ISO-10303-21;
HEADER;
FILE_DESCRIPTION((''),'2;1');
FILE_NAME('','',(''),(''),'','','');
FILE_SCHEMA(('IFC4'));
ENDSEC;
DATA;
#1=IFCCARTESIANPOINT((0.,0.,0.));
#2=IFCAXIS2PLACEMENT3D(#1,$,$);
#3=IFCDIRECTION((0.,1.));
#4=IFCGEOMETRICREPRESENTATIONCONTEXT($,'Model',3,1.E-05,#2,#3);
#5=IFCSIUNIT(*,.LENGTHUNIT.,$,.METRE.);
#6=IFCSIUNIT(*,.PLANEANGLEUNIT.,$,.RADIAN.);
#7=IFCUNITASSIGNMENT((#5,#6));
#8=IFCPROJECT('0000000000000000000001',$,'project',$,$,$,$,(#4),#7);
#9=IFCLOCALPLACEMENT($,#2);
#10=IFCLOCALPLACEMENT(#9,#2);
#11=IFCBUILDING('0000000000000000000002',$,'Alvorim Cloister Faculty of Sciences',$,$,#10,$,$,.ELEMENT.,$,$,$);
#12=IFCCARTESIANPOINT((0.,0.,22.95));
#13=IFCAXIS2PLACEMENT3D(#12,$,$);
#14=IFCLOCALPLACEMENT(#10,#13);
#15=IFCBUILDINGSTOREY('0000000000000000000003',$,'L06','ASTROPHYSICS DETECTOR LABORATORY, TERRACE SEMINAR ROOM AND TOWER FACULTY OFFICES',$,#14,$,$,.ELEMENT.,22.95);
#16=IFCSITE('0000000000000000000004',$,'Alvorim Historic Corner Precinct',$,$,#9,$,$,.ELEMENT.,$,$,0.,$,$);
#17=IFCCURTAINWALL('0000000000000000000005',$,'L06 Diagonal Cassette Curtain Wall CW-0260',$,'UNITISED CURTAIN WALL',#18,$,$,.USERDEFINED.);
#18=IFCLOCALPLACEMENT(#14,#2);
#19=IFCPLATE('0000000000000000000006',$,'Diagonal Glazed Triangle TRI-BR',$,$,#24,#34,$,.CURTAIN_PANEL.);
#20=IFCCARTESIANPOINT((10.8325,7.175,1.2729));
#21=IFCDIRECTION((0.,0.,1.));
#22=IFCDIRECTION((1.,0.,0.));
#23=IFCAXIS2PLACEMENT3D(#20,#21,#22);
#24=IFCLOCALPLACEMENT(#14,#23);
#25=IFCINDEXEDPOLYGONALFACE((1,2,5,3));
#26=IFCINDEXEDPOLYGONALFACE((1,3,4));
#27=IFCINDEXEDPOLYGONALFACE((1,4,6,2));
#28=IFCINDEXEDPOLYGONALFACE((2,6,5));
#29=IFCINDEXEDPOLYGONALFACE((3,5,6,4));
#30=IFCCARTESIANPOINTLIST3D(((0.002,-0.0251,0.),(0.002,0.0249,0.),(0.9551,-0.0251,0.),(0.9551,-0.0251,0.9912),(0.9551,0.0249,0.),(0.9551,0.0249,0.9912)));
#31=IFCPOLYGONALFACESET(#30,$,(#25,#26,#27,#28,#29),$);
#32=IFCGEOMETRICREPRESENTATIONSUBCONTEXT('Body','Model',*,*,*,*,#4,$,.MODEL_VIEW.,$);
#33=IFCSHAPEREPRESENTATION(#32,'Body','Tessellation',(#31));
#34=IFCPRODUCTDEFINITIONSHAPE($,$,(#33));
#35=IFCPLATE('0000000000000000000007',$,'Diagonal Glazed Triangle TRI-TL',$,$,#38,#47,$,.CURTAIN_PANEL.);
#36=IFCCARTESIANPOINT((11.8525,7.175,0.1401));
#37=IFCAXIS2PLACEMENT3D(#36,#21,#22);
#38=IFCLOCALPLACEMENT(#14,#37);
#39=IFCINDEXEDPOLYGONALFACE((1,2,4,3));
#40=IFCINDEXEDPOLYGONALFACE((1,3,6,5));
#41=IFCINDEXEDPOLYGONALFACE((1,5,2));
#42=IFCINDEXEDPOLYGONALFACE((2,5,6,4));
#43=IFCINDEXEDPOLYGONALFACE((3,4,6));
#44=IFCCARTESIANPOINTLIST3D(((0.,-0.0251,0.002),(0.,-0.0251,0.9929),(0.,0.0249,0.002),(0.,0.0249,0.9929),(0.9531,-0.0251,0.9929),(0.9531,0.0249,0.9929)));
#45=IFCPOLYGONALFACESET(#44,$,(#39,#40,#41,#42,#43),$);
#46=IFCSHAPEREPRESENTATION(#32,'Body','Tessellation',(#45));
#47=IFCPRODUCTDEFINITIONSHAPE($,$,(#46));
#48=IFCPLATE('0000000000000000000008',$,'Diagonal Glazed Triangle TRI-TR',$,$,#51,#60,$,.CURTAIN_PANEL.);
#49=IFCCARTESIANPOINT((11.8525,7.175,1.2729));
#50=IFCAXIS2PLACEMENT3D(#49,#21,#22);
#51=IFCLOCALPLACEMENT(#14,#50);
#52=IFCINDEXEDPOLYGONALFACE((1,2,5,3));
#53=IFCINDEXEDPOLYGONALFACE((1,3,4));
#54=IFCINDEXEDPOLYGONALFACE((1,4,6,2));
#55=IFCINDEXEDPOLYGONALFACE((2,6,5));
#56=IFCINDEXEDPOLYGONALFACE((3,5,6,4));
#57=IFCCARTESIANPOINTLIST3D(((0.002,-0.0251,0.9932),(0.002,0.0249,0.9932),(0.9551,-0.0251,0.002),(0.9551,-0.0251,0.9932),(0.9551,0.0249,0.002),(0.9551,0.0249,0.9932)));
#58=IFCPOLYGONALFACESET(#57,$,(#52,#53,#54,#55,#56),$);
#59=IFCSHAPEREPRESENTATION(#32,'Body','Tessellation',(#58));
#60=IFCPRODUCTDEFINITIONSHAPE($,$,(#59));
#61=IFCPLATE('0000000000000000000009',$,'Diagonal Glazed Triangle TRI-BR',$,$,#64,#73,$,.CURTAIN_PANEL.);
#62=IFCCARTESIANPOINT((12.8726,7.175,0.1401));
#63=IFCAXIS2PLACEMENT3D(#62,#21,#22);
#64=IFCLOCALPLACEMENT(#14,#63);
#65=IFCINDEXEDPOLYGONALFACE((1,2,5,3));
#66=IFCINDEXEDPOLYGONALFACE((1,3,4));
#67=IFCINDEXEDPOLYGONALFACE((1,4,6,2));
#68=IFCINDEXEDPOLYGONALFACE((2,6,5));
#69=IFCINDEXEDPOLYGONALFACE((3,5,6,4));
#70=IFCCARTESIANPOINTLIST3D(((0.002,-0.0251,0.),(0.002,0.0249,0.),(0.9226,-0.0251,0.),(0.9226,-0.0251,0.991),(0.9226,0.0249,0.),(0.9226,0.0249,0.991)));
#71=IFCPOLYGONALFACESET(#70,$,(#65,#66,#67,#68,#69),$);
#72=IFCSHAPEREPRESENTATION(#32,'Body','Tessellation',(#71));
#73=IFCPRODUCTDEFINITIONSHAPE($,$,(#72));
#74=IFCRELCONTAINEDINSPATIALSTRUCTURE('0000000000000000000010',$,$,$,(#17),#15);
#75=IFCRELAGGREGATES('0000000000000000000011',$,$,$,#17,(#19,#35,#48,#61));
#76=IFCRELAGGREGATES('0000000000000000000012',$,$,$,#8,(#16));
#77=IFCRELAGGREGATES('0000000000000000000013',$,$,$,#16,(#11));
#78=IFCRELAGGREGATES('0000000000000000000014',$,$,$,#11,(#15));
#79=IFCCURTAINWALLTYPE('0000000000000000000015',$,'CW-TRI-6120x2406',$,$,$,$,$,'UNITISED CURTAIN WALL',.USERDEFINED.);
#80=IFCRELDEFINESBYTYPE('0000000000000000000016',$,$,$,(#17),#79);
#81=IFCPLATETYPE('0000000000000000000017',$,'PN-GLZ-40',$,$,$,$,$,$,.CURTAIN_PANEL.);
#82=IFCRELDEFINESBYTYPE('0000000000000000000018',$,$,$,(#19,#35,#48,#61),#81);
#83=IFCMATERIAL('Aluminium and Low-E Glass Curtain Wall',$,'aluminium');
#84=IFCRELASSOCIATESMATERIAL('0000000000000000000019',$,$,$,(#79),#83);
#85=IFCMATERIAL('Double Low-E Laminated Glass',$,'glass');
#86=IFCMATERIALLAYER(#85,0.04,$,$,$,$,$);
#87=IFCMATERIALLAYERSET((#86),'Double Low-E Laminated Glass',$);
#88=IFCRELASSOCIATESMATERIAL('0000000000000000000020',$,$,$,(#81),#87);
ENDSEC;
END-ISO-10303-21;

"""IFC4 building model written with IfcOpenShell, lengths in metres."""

from ifc_helpers import new_model, si_unit, direction, frame, origin, place, context, subcontext, project, spatial, polyline, outline, extrude, material, layer, layer_set, type_object, element, aggregate, save


model = new_model("IFC4")

# Units and contexts
model_context = context("Model", 3, precision=1e-05, world=origin(), true_north=direction((0.0, 1.0)))
body_context = subcontext(model_context, "Body", "Model", "MODEL_VIEW")
ifc_project = project(units=[si_unit("LENGTHUNIT", "METRE"), si_unit("PLANEANGLEUNIT", "RADIAN")], contexts=[model_context])

# Site, building, storey
site_placement = place(None, origin())
site = spatial("IfcSite", under=ifc_project, at=site_placement, Name="Alvorim Historic Corner Precinct", CompositionType="ELEMENT", RefElevation=0.0)
building_placement = place(site_placement, origin())
building = spatial("IfcBuilding", under=site, at=building_placement, Name="Alvorim Cloister Faculty of Sciences", CompositionType="ELEMENT")
storey_placement = place(building_placement, frame((0.0, 0.0, 22.95)))
storey = spatial("IfcBuildingStorey", under=building, at=storey_placement, Name="L06", Description="ASTROPHYSICS DETECTOR LABORATORY, TERRACE SEMINAR ROOM AND TOWER FACULTY OFFICES", CompositionType="ELEMENT", Elevation=22.95)

# Curtain wall, plates
ifc_material_1 = material(Name="Aluminium and Low-E Glass Curtain Wall", Category="aluminium")
curtain_wall_type = type_object("IfcCurtainWallType", Name="CW-TRI-6120x2406", ElementType="UNITISED CURTAIN WALL", PredefinedType="USERDEFINED", material=ifc_material_1)
curtain_wall_placement = place(storey_placement, origin())
curtain_wall = element("IfcCurtainWall", 1, at=curtain_wall_placement, inside=storey, type_object=curtain_wall_type, Name="L06 Diagonal Cassette Curtain Wall CW-0260", ObjectType="UNITISED CURTAIN WALL", PredefinedType="USERDEFINED")
ifc_material_2 = material(Name="Double Low-E Laminated Glass", Category="glass")
ifc_layer = layer(ifc_material_2, 0.04)
ifc_layer_set = layer_set([ifc_layer], Name="Double Low-E Laminated Glass")
plate_type = type_object("IfcPlateType", Name="PN-GLZ-40", PredefinedType="CURTAIN_PANEL", material=ifc_layer_set)
plate_1_placement = place(storey_placement, frame((10.8325, 7.175, 1.2729), z_axis=(0.0, 0.0, 1.0), x_axis=(1.0, 0.0, 0.0)))
plate_1 = element("IfcPlate", 2, at=plate_1_placement, type_object=plate_type, Name="Diagonal Glazed Triangle TRI-BR", PredefinedType="CURTAIN_PANEL", context=body_context, shape_type="SweptSolid", body=[
    extrude(outline(polyline([(0.002, 0.0), (0.9551, 0.0), (0.9551, 0.9912), (0.002, 0.0)])), frame((0.0, 0.0249, 0.0), z_axis=(0.0, -1.0, 0.0), x_axis=(1.0, 0.0, 0.0)), (0.0, 0.0, 1.0), 0.05),
])
plate_2_placement = place(storey_placement, frame((11.8525, 7.175, 0.1401), z_axis=(0.0, 0.0, 1.0), x_axis=(1.0, 0.0, 0.0)))
plate_2 = element("IfcPlate", 3, at=plate_2_placement, type_object=plate_type, Name="Diagonal Glazed Triangle TRI-TL", PredefinedType="CURTAIN_PANEL", context=body_context, shape_type="SweptSolid", body=[
    extrude(outline(polyline([(0.9531, 0.9929), (0.0, 0.9929), (0.0, 0.002), (0.9531, 0.9929)])), frame((0.0, 0.0249, 0.0), z_axis=(0.0, -1.0, 0.0), x_axis=(1.0, 0.0, 0.0)), (0.0, 0.0, 1.0), 0.05),
])
plate_3_placement = place(storey_placement, frame((11.8525, 7.175, 1.2729), z_axis=(0.0, 0.0, 1.0), x_axis=(1.0, 0.0, 0.0)))
plate_3 = element("IfcPlate", 4, at=plate_3_placement, type_object=plate_type, Name="Diagonal Glazed Triangle TRI-TR", PredefinedType="CURTAIN_PANEL", context=body_context, shape_type="SweptSolid", body=[
    extrude(outline(polyline([(0.9551, 0.002), (0.9551, 0.9932), (0.002, 0.9932), (0.9551, 0.002)])), frame((0.0, 0.0249, 0.0), z_axis=(0.0, -1.0, 0.0), x_axis=(1.0, 0.0, 0.0)), (0.0, 0.0, 1.0), 0.05),
])
plate_4_placement = place(storey_placement, frame((12.8726, 7.175, 0.1401), z_axis=(0.0, 0.0, 1.0), x_axis=(1.0, 0.0, 0.0)))
plate_4 = element("IfcPlate", 5, at=plate_4_placement, type_object=plate_type, Name="Diagonal Glazed Triangle TRI-BR", PredefinedType="CURTAIN_PANEL", context=body_context, shape_type="SweptSolid", body=[
    extrude(outline(polyline([(0.002, 0.0), (0.9226, 0.0), (0.9226, 0.991), (0.002, 0.0)])), frame((0.0, 0.0249, 0.0), z_axis=(0.0, -1.0, 0.0), x_axis=(1.0, 0.0, 0.0)), (0.0, 0.0, 1.0), 0.05),
])
aggregate(curtain_wall, [plate_1, plate_2, plate_3, plate_4])

save(model, "model.ifc")
